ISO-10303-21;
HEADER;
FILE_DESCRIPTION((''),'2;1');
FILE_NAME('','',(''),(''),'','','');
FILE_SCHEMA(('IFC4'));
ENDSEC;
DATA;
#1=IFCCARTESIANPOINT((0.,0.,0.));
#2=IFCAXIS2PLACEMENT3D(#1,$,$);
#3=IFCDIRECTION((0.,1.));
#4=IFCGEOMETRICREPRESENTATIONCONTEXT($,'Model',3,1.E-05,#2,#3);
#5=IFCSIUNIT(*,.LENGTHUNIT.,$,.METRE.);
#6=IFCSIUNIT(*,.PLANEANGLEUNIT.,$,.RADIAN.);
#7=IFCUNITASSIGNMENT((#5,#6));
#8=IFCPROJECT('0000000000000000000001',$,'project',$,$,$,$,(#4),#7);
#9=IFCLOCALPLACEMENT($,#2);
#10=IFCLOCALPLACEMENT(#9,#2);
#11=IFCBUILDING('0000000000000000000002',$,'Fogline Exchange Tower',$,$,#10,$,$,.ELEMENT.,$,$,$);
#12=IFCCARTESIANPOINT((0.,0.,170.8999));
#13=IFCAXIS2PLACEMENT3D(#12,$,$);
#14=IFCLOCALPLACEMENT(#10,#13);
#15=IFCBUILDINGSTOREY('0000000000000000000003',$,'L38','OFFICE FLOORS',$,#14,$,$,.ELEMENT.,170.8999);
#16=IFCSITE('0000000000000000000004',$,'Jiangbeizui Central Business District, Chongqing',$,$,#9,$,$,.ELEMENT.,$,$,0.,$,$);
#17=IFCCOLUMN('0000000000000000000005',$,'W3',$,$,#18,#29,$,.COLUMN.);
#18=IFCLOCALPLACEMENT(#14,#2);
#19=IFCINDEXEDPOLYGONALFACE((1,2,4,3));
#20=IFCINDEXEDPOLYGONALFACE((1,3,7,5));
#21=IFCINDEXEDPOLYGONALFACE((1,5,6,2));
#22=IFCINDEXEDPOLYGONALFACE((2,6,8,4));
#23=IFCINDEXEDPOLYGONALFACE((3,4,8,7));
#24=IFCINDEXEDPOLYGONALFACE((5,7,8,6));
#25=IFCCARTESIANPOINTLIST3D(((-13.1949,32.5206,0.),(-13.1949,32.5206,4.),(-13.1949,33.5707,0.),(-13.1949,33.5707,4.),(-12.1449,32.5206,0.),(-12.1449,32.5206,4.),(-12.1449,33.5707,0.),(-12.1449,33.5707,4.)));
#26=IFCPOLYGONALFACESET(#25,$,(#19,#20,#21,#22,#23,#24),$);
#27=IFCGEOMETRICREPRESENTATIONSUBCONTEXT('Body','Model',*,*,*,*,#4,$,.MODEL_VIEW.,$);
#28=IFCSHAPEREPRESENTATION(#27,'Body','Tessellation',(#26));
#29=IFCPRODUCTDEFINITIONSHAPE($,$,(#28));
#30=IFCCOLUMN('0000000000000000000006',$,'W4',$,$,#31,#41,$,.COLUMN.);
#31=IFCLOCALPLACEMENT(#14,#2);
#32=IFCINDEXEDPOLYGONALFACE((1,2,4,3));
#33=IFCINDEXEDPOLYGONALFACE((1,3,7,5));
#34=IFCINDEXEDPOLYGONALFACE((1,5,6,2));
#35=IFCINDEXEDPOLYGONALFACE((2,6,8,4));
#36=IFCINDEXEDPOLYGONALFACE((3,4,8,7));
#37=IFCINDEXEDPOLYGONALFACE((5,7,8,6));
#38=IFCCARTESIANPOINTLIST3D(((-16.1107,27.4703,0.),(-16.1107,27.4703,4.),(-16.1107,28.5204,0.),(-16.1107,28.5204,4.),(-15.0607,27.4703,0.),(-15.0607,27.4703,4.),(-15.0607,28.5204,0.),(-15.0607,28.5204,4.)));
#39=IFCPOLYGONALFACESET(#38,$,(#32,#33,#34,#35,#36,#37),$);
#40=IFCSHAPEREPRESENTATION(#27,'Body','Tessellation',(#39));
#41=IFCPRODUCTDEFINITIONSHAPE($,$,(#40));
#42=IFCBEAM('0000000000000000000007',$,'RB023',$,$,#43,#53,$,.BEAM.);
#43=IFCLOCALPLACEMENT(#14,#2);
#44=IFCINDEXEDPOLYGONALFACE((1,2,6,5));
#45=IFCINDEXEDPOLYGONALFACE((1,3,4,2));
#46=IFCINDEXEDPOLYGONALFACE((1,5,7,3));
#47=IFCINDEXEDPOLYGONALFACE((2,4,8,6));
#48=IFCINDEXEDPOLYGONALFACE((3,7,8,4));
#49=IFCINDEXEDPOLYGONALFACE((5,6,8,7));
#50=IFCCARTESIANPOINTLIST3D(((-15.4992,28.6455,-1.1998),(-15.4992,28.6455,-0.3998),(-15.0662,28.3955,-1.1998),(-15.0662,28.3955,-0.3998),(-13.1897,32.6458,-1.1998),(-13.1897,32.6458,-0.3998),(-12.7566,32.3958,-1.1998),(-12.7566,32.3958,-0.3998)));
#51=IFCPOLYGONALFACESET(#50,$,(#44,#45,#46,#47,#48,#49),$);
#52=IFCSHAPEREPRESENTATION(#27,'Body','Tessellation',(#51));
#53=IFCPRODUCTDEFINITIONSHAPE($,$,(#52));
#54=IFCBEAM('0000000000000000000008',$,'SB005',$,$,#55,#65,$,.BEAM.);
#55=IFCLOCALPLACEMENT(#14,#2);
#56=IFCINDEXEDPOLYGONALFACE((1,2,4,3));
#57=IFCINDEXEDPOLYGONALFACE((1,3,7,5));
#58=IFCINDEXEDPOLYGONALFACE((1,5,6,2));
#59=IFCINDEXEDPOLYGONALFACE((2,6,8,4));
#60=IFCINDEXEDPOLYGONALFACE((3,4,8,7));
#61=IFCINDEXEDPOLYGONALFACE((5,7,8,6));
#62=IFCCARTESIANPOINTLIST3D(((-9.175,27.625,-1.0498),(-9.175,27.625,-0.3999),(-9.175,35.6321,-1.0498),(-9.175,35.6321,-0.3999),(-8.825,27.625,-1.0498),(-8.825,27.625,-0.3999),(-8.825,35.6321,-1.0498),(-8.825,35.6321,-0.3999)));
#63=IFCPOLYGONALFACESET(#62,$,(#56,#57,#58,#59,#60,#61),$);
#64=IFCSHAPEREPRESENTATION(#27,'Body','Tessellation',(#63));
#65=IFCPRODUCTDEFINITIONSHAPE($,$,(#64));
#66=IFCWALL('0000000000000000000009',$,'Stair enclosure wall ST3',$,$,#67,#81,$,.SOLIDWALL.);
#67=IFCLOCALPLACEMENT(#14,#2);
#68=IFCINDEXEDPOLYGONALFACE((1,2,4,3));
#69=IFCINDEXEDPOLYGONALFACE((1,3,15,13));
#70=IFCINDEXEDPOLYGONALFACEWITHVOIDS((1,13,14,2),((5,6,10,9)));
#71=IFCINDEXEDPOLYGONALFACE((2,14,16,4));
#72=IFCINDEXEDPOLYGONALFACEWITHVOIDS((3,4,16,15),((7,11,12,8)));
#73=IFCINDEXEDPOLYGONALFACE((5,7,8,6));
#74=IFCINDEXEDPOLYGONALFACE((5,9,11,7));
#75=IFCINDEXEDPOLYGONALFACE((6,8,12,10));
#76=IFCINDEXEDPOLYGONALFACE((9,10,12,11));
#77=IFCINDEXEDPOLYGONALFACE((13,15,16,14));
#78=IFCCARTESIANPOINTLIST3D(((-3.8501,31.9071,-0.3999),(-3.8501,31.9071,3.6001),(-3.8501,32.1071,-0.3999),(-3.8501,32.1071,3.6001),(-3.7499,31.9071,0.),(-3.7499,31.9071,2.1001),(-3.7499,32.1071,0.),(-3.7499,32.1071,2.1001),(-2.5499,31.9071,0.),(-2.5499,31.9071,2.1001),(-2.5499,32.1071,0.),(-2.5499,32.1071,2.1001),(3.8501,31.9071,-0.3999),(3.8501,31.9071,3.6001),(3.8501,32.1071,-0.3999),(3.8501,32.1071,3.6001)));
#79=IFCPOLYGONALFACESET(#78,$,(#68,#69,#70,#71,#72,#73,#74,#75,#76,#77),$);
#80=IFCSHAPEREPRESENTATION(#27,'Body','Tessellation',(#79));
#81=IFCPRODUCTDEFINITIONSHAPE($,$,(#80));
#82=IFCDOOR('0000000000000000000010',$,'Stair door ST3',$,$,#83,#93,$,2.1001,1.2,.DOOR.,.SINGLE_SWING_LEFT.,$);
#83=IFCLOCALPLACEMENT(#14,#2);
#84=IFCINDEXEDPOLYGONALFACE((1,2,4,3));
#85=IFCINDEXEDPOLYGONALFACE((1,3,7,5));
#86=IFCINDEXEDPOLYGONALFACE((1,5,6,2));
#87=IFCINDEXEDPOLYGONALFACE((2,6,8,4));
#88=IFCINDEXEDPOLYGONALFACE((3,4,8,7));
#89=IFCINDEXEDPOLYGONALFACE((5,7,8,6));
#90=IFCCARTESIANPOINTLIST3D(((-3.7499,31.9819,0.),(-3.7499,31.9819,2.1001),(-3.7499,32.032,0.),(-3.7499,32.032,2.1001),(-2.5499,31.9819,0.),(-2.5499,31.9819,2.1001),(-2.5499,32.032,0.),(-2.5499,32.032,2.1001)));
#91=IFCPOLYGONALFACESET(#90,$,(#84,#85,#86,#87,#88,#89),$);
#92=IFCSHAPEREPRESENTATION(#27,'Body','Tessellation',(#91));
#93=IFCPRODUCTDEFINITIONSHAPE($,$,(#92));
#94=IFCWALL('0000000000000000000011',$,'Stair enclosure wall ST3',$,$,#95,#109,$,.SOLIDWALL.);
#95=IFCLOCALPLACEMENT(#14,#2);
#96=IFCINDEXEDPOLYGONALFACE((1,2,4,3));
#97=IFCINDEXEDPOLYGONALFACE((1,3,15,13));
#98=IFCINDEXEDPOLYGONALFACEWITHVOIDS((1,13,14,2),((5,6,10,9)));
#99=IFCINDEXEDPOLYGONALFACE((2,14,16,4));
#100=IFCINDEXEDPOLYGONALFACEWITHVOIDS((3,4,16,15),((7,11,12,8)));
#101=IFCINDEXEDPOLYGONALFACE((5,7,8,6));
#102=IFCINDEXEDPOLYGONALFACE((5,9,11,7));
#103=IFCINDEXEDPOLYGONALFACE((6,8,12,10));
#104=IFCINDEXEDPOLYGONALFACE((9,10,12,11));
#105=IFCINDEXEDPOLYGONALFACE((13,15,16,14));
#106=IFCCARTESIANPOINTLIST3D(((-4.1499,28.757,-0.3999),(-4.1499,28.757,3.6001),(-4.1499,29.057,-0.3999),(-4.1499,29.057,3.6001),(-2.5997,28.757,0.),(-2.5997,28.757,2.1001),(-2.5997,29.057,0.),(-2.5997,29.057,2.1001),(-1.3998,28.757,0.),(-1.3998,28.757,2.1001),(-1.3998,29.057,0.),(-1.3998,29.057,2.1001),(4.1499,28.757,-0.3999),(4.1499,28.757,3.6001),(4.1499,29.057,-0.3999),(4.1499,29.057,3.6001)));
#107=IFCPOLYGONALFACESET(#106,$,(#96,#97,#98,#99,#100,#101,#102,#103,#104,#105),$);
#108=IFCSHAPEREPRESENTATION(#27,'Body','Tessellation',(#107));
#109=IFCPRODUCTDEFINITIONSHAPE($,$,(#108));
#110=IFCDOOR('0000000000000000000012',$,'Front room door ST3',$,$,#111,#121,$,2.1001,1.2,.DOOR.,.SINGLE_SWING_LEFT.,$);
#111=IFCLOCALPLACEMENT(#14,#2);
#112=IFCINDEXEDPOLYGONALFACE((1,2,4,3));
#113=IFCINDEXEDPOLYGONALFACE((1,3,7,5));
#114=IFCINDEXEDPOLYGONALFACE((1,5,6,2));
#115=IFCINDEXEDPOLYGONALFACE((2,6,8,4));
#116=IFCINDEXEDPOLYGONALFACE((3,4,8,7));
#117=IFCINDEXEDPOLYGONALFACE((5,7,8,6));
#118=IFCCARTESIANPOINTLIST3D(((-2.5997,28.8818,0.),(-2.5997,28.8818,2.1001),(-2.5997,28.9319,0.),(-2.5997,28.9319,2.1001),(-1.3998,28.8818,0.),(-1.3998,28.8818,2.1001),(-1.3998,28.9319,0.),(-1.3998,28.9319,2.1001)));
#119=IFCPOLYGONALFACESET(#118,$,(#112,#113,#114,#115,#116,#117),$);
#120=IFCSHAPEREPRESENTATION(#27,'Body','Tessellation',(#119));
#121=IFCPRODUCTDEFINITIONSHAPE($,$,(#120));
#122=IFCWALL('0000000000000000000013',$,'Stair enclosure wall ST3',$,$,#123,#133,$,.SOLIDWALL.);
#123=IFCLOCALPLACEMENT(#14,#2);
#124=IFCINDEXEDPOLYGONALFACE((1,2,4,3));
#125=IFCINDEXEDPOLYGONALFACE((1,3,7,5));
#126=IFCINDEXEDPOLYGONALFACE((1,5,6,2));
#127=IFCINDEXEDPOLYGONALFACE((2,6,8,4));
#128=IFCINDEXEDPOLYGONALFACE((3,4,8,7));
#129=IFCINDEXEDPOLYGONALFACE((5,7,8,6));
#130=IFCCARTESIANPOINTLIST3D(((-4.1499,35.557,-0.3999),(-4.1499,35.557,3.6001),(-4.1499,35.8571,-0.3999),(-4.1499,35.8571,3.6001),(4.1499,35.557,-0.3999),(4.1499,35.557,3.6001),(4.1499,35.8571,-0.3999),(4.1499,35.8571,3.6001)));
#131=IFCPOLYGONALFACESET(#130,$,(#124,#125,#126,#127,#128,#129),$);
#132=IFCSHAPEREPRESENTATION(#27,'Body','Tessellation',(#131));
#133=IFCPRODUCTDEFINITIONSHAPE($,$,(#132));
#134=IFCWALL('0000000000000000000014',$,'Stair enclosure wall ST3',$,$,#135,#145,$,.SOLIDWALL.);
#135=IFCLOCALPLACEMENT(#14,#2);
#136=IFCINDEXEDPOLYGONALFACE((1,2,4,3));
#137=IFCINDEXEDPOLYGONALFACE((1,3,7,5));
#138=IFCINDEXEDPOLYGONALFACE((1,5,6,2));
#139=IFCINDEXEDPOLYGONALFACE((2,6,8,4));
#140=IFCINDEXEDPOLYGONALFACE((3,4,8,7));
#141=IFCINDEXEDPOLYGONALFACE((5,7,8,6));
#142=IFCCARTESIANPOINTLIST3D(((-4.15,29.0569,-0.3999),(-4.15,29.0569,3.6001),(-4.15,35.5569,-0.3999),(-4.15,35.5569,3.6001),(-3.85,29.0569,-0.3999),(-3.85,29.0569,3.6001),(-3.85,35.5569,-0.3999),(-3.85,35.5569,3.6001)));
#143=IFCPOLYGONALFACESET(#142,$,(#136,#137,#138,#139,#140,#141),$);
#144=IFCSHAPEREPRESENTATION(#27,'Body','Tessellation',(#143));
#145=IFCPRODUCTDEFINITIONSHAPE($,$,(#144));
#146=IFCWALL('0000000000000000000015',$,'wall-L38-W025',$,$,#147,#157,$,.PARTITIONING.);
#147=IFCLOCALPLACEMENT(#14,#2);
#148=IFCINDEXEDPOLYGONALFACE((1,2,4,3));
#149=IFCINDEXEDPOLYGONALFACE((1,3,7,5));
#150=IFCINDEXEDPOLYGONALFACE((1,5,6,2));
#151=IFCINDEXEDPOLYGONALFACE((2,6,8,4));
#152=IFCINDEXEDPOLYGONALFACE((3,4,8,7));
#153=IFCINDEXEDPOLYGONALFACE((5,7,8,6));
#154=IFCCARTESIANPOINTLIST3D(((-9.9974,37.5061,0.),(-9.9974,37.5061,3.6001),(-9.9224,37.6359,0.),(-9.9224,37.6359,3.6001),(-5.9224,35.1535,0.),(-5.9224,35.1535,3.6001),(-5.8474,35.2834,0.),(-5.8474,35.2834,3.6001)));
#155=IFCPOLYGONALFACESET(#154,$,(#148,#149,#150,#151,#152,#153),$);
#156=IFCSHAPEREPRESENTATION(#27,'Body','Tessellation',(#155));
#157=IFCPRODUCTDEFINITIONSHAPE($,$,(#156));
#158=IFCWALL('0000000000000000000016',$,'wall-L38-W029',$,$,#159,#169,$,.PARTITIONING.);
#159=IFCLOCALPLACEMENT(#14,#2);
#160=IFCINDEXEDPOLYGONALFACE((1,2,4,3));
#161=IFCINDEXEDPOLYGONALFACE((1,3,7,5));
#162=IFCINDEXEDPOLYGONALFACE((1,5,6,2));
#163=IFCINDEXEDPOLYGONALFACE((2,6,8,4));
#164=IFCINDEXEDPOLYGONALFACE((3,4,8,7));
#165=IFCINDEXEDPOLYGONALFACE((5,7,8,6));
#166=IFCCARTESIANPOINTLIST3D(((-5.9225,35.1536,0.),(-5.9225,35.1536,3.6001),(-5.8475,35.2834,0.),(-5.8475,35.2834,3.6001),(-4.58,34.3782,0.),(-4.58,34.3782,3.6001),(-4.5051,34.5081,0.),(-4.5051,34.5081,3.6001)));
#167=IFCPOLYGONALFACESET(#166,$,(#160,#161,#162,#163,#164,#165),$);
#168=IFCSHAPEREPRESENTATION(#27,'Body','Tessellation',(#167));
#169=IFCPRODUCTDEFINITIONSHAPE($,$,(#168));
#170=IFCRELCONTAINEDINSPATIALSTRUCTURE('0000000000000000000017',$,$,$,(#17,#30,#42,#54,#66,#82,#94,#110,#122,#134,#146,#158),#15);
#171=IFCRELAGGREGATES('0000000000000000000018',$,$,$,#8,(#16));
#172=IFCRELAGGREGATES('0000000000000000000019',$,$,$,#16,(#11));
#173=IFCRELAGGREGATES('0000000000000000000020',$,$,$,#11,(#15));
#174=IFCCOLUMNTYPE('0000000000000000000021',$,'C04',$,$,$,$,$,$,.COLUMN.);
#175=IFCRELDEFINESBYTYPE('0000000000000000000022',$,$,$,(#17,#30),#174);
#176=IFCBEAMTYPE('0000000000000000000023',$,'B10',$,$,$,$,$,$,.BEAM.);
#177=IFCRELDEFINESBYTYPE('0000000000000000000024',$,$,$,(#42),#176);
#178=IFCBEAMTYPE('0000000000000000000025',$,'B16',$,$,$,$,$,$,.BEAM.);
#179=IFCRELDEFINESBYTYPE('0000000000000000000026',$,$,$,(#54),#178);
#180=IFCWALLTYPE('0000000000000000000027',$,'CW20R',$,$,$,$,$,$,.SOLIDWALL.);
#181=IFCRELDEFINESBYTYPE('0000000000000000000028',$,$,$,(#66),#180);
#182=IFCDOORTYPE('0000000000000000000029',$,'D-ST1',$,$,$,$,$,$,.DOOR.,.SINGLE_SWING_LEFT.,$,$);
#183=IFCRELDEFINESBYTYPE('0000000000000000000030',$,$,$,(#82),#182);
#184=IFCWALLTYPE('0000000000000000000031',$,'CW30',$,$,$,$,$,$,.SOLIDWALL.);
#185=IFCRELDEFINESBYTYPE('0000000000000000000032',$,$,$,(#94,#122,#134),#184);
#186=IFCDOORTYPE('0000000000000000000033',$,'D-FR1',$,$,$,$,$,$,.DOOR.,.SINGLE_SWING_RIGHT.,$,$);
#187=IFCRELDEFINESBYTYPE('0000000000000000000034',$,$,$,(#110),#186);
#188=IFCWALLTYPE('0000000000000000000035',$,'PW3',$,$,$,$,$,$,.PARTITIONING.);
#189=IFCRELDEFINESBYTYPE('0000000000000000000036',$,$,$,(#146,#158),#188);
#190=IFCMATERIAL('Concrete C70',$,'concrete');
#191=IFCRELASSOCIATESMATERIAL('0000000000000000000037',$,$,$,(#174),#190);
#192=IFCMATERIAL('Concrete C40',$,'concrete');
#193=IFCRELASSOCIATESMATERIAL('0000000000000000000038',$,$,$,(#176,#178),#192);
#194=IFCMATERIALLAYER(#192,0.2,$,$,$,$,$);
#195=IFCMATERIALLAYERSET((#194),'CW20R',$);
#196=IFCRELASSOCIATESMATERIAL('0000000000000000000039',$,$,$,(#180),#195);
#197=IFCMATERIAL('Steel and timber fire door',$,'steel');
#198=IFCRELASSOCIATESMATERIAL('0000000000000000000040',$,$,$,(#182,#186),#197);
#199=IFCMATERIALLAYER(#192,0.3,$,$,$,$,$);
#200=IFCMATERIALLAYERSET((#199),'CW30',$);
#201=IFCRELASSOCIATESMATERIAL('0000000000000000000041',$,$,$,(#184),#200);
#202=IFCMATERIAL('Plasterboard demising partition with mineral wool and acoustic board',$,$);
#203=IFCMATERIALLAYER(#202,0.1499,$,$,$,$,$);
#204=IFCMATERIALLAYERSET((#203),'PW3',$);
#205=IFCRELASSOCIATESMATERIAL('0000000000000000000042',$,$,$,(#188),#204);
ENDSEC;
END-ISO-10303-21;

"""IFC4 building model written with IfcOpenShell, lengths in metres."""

from ifc_helpers import new_model, si_unit, direction, frame, frame_2d, origin, origin_2d, place, context, subcontext, project, spatial, rectangle, extrude, material, layer, layer_set, material_profile, profile_set, type_object, element, fill, save


model = new_model("IFC4")

# Units and contexts
model_context = context("Model", 3, precision=1e-05, world=origin(), true_north=direction((0.0, 1.0)))
body_context = subcontext(model_context, "Body", "Model", "MODEL_VIEW")
ifc_project = project(units=[si_unit("LENGTHUNIT", "METRE"), si_unit("PLANEANGLEUNIT", "RADIAN")], contexts=[model_context])

# Site, building, storey
site_placement = place(None, origin())
site = spatial("IfcSite", under=ifc_project, at=site_placement, Name="Jiangbeizui Central Business District, Chongqing", CompositionType="ELEMENT", RefElevation=0.0)
building_placement = place(site_placement, origin())
building = spatial("IfcBuilding", under=site, at=building_placement, Name="Fogline Exchange Tower", CompositionType="ELEMENT")
storey_placement = place(building_placement, frame((0.0, 0.0, 170.8999)))
storey = spatial("IfcBuildingStorey", under=building, at=storey_placement, Name="L38", Description="OFFICE FLOORS", CompositionType="ELEMENT", Elevation=170.8999)

# Columns
ifc_material_1 = material(Name="Concrete C70", Category="concrete")
ifc_material_profile_1 = material_profile(ifc_material_1, rectangle(XDim=1.05, YDim=1.05, at=origin_2d()), Name="RC 1050x1050")
ifc_profile_set_1 = profile_set([ifc_material_profile_1], Name="Concrete C70")
column_type = type_object("IfcColumnType", Name="C04", PredefinedType="COLUMN", material=ifc_profile_set_1)
for number, where, z_axis, x_axis, name in (
    (1, (-12.6699, 33.0457, 0.0), (0.0, 0.0, 1.0), (1.0, 0.0, 0.0), "W3"),
    (2, (-15.5857, 27.9954, 0.0), (0.0, 0.0, 1.0), (1.0, 0.0, 0.0), "W4"),
):
    element("IfcColumn", number, at=place(storey_placement, frame(where, z_axis=z_axis, x_axis=x_axis)), inside=storey, type_object=column_type, Name=name, PredefinedType="COLUMN", context=body_context, shape_type="SweptSolid", body=[
        extrude(rectangle(XDim=1.05, YDim=1.05, at=origin_2d()), origin(), (0.0, 0.0, 1.0), 4.0),
    ])

# Beams
ifc_material_2 = material(Name="Concrete C40", Category="concrete")
ifc_material_profile_2 = material_profile(ifc_material_2, rectangle(XDim=0.5, YDim=0.8, at=origin_2d()), Name="RC 500x800")
ifc_profile_set_2 = profile_set([ifc_material_profile_2], Name="Concrete C40")
beam_type_1 = type_object("IfcBeamType", Name="B10", PredefinedType="BEAM", material=ifc_profile_set_2)
beam_1_placement = place(storey_placement, frame((-12.9731, 32.5208, -0.7998), z_axis=(-0.500005, -0.866023, 0.0), x_axis=(0.866023, -0.500005, 0.0)))
element("IfcBeam", 3, at=beam_1_placement, inside=storey, type_object=beam_type_1, Name="RB023", PredefinedType="BEAM", context=body_context, shape_type="SweptSolid", body=[
    extrude(rectangle(XDim=0.5, YDim=0.8, at=origin_2d()), origin(), (0.0, 0.0, 1.0), 4.6191),
])
ifc_material_profile_3 = material_profile(ifc_material_2, rectangle(XDim=0.3501, YDim=0.6499, at=origin_2d()), Name="RC 350x650")
ifc_profile_set_3 = profile_set([ifc_material_profile_3], Name="Concrete C40")
beam_type_2 = type_object("IfcBeamType", Name="B16", PredefinedType="BEAM", material=ifc_profile_set_3)
beam_2_placement = place(storey_placement, frame((-9.0, 27.625, -0.7249), z_axis=(0.0, 1.0, 0.0), x_axis=(-1.0, 0.0, 0.0)))
element("IfcBeam", 4, at=beam_2_placement, inside=storey, type_object=beam_type_2, Name="SB005", PredefinedType="BEAM", context=body_context, shape_type="SweptSolid", body=[
    extrude(rectangle(XDim=0.3501, YDim=0.6499, at=origin_2d()), origin(), (0.0, 0.0, 1.0), 8.0071),
])

# Walls, openings, doors
ifc_layer_1 = layer(ifc_material_2, 0.2)
ifc_layer_set_1 = layer_set([ifc_layer_1], Name="CW20R")
wall_type_1 = type_object("IfcWallType", Name="CW20R", PredefinedType="SOLIDWALL", material=ifc_layer_set_1)
wall_1_placement = place(storey_placement, frame((-3.8501, 32.0071, -0.3999), z_axis=(0.0, 0.0, 1.0), x_axis=(1.0, 0.0, 0.0)))
wall_1 = element("IfcWall", 5, at=wall_1_placement, inside=storey, type_object=wall_type_1, Name="Stair enclosure wall ST3", PredefinedType="SOLIDWALL", context=body_context, shape_type="SweptSolid", body=[
    extrude(rectangle(XDim=7.7002, YDim=0.2, at=frame_2d((3.8501, 0.0))), origin(), (0.0, 0.0, 1.0), 4.0),
])
opening_1_placement = place(wall_1_placement, frame((0.1001, 0.0, 0.3999)))
opening_1 = element("IfcOpeningElement", 6, at=opening_1_placement, cuts=wall_1, PredefinedType="OPENING", context=body_context, shape_type="SweptSolid", body=[
    extrude(rectangle(XDim=1.2, YDim=2.1001, at=frame_2d((0.6001, 1.05))), frame((0.0, 0.1099, 0.0), z_axis=(0.0, -1.0, 0.0), x_axis=(1.0, 0.0, 0.0)), (0.0, 0.0, 1.0), 0.22),
])
ifc_material_3 = material(Name="Steel and timber fire door", Category="steel")
door_type_1 = type_object("IfcDoorType", Name="D-ST1", OperationType="SINGLE_SWING_LEFT", PredefinedType="DOOR", material=ifc_material_3)
door_1_placement = place(opening_1_placement, origin())
door_1 = element("IfcDoor", 7, at=door_1_placement, inside=storey, type_object=door_type_1, Name="Stair door ST3", OperationType="SINGLE_SWING_LEFT", OverallHeight=2.1001, OverallWidth=1.2, PredefinedType="DOOR", context=body_context, shape_type="SweptSolid", body=[
    extrude(rectangle(XDim=1.2, YDim=2.1001, at=frame_2d((0.6001, 1.05))), frame((0.0, 0.0249, 0.0), z_axis=(0.0, -1.0, 0.0), x_axis=(1.0, 0.0, 0.0)), (0.0, 0.0, 1.0), 0.05),
])
fill(opening_1, door_1)
ifc_layer_2 = layer(ifc_material_2, 0.3)
ifc_layer_set_2 = layer_set([ifc_layer_2], Name="CW30")
wall_type_2 = type_object("IfcWallType", Name="CW30", PredefinedType="SOLIDWALL", material=ifc_layer_set_2)
wall_2_placement = place(storey_placement, frame((-4.1499, 28.907, -0.3999), z_axis=(0.0, 0.0, 1.0), x_axis=(1.0, 0.0, 0.0)))
wall_2 = element("IfcWall", 8, at=wall_2_placement, inside=storey, type_object=wall_type_2, Name="Stair enclosure wall ST3", PredefinedType="SOLIDWALL", context=body_context, shape_type="SweptSolid", body=[
    extrude(rectangle(XDim=8.2998, YDim=0.3, at=frame_2d((4.1499, 0.0))), origin(), (0.0, 0.0, 1.0), 4.0),
])
opening_2_placement = place(wall_2_placement, frame((1.55, 0.0, 0.3999)))
opening_2 = element("IfcOpeningElement", 9, at=opening_2_placement, cuts=wall_2, PredefinedType="OPENING", context=body_context, shape_type="SweptSolid", body=[
    extrude(rectangle(XDim=1.2, YDim=2.1001, at=frame_2d((0.6001, 1.05))), frame((0.0, 0.1602, 0.0), z_axis=(0.0, -1.0, 0.0), x_axis=(1.0, 0.0, 0.0)), (0.0, 0.0, 1.0), 0.3201),
])
door_type_2 = type_object("IfcDoorType", Name="D-FR1", OperationType="SINGLE_SWING_RIGHT", PredefinedType="DOOR", material=ifc_material_3)
door_2_placement = place(opening_2_placement, origin())
door_2 = element("IfcDoor", 10, at=door_2_placement, inside=storey, type_object=door_type_2, Name="Front room door ST3", OperationType="SINGLE_SWING_LEFT", OverallHeight=2.1001, OverallWidth=1.2, PredefinedType="DOOR", context=body_context, shape_type="SweptSolid", body=[
    extrude(rectangle(XDim=1.2, YDim=2.1001, at=frame_2d((0.6001, 1.05))), frame((0.0, 0.0249, 0.0), z_axis=(0.0, -1.0, 0.0), x_axis=(1.0, 0.0, 0.0)), (0.0, 0.0, 1.0), 0.05),
])
fill(opening_2, door_2)

# Walls
wall_3_placement = place(storey_placement, frame((-4.1499, 35.707, -0.3999), z_axis=(0.0, 0.0, 1.0), x_axis=(1.0, 0.0, 0.0)))
element("IfcWall", 11, at=wall_3_placement, inside=storey, type_object=wall_type_2, Name="Stair enclosure wall ST3", PredefinedType="SOLIDWALL", context=body_context, shape_type="SweptSolid", body=[
    extrude(rectangle(XDim=8.2998, YDim=0.3, at=frame_2d((4.1499, 0.0))), origin(), (0.0, 0.0, 1.0), 4.0),
])
wall_4_placement = place(storey_placement, frame((-4.0, 29.0569, -0.3999), z_axis=(0.0, 0.0, 1.0), x_axis=(0.0, 1.0, 0.0)))
element("IfcWall", 12, at=wall_4_placement, inside=storey, type_object=wall_type_2, Name="Stair enclosure wall ST3", PredefinedType="SOLIDWALL", context=body_context, shape_type="SweptSolid", body=[
    extrude(rectangle(XDim=6.5, YDim=0.3, at=frame_2d((3.25, 0.0))), origin(), (0.0, 0.0, 1.0), 4.0),
])
ifc_material_4 = material(Name="Plasterboard demising partition with mineral wool and acoustic board")
ifc_layer_3 = layer(ifc_material_4, 0.1499)
ifc_layer_set_3 = layer_set([ifc_layer_3], Name="PW3")
wall_type_3 = type_object("IfcWallType", Name="PW3", PredefinedType="PARTITIONING", material=ifc_layer_set_3)
wall_5_placement = place(storey_placement, frame((-5.885, 35.2185, 0.0), z_axis=(0.0, 0.0, 1.0), x_axis=(-0.866038, 0.499978, 0.0)))
element("IfcWall", 13, at=wall_5_placement, inside=storey, type_object=wall_type_3, Name="wall-L38-W025", PredefinedType="PARTITIONING", context=body_context, shape_type="SweptSolid", body=[
    extrude(rectangle(XDim=4.7053, YDim=0.1499, at=frame_2d((2.3525, 0.0))), origin(), (0.0, 0.0, 1.0), 3.6001),
])
wall_6_placement = place(storey_placement, frame((-5.885, 35.2185, 0.0), z_axis=(0.0, 0.0, 1.0), x_axis=(0.865947, -0.500136, 0.0)))
element("IfcWall", 14, at=wall_6_placement, inside=storey, type_object=wall_type_3, Name="wall-L38-W029", PredefinedType="PARTITIONING", context=body_context, shape_type="SweptSolid", body=[
    extrude(rectangle(XDim=1.5503, YDim=0.1499, at=frame_2d((0.7751, 0.0))), origin(), (0.0, 0.0, 1.0), 3.6001),
])

save(model, "model.ifc")
